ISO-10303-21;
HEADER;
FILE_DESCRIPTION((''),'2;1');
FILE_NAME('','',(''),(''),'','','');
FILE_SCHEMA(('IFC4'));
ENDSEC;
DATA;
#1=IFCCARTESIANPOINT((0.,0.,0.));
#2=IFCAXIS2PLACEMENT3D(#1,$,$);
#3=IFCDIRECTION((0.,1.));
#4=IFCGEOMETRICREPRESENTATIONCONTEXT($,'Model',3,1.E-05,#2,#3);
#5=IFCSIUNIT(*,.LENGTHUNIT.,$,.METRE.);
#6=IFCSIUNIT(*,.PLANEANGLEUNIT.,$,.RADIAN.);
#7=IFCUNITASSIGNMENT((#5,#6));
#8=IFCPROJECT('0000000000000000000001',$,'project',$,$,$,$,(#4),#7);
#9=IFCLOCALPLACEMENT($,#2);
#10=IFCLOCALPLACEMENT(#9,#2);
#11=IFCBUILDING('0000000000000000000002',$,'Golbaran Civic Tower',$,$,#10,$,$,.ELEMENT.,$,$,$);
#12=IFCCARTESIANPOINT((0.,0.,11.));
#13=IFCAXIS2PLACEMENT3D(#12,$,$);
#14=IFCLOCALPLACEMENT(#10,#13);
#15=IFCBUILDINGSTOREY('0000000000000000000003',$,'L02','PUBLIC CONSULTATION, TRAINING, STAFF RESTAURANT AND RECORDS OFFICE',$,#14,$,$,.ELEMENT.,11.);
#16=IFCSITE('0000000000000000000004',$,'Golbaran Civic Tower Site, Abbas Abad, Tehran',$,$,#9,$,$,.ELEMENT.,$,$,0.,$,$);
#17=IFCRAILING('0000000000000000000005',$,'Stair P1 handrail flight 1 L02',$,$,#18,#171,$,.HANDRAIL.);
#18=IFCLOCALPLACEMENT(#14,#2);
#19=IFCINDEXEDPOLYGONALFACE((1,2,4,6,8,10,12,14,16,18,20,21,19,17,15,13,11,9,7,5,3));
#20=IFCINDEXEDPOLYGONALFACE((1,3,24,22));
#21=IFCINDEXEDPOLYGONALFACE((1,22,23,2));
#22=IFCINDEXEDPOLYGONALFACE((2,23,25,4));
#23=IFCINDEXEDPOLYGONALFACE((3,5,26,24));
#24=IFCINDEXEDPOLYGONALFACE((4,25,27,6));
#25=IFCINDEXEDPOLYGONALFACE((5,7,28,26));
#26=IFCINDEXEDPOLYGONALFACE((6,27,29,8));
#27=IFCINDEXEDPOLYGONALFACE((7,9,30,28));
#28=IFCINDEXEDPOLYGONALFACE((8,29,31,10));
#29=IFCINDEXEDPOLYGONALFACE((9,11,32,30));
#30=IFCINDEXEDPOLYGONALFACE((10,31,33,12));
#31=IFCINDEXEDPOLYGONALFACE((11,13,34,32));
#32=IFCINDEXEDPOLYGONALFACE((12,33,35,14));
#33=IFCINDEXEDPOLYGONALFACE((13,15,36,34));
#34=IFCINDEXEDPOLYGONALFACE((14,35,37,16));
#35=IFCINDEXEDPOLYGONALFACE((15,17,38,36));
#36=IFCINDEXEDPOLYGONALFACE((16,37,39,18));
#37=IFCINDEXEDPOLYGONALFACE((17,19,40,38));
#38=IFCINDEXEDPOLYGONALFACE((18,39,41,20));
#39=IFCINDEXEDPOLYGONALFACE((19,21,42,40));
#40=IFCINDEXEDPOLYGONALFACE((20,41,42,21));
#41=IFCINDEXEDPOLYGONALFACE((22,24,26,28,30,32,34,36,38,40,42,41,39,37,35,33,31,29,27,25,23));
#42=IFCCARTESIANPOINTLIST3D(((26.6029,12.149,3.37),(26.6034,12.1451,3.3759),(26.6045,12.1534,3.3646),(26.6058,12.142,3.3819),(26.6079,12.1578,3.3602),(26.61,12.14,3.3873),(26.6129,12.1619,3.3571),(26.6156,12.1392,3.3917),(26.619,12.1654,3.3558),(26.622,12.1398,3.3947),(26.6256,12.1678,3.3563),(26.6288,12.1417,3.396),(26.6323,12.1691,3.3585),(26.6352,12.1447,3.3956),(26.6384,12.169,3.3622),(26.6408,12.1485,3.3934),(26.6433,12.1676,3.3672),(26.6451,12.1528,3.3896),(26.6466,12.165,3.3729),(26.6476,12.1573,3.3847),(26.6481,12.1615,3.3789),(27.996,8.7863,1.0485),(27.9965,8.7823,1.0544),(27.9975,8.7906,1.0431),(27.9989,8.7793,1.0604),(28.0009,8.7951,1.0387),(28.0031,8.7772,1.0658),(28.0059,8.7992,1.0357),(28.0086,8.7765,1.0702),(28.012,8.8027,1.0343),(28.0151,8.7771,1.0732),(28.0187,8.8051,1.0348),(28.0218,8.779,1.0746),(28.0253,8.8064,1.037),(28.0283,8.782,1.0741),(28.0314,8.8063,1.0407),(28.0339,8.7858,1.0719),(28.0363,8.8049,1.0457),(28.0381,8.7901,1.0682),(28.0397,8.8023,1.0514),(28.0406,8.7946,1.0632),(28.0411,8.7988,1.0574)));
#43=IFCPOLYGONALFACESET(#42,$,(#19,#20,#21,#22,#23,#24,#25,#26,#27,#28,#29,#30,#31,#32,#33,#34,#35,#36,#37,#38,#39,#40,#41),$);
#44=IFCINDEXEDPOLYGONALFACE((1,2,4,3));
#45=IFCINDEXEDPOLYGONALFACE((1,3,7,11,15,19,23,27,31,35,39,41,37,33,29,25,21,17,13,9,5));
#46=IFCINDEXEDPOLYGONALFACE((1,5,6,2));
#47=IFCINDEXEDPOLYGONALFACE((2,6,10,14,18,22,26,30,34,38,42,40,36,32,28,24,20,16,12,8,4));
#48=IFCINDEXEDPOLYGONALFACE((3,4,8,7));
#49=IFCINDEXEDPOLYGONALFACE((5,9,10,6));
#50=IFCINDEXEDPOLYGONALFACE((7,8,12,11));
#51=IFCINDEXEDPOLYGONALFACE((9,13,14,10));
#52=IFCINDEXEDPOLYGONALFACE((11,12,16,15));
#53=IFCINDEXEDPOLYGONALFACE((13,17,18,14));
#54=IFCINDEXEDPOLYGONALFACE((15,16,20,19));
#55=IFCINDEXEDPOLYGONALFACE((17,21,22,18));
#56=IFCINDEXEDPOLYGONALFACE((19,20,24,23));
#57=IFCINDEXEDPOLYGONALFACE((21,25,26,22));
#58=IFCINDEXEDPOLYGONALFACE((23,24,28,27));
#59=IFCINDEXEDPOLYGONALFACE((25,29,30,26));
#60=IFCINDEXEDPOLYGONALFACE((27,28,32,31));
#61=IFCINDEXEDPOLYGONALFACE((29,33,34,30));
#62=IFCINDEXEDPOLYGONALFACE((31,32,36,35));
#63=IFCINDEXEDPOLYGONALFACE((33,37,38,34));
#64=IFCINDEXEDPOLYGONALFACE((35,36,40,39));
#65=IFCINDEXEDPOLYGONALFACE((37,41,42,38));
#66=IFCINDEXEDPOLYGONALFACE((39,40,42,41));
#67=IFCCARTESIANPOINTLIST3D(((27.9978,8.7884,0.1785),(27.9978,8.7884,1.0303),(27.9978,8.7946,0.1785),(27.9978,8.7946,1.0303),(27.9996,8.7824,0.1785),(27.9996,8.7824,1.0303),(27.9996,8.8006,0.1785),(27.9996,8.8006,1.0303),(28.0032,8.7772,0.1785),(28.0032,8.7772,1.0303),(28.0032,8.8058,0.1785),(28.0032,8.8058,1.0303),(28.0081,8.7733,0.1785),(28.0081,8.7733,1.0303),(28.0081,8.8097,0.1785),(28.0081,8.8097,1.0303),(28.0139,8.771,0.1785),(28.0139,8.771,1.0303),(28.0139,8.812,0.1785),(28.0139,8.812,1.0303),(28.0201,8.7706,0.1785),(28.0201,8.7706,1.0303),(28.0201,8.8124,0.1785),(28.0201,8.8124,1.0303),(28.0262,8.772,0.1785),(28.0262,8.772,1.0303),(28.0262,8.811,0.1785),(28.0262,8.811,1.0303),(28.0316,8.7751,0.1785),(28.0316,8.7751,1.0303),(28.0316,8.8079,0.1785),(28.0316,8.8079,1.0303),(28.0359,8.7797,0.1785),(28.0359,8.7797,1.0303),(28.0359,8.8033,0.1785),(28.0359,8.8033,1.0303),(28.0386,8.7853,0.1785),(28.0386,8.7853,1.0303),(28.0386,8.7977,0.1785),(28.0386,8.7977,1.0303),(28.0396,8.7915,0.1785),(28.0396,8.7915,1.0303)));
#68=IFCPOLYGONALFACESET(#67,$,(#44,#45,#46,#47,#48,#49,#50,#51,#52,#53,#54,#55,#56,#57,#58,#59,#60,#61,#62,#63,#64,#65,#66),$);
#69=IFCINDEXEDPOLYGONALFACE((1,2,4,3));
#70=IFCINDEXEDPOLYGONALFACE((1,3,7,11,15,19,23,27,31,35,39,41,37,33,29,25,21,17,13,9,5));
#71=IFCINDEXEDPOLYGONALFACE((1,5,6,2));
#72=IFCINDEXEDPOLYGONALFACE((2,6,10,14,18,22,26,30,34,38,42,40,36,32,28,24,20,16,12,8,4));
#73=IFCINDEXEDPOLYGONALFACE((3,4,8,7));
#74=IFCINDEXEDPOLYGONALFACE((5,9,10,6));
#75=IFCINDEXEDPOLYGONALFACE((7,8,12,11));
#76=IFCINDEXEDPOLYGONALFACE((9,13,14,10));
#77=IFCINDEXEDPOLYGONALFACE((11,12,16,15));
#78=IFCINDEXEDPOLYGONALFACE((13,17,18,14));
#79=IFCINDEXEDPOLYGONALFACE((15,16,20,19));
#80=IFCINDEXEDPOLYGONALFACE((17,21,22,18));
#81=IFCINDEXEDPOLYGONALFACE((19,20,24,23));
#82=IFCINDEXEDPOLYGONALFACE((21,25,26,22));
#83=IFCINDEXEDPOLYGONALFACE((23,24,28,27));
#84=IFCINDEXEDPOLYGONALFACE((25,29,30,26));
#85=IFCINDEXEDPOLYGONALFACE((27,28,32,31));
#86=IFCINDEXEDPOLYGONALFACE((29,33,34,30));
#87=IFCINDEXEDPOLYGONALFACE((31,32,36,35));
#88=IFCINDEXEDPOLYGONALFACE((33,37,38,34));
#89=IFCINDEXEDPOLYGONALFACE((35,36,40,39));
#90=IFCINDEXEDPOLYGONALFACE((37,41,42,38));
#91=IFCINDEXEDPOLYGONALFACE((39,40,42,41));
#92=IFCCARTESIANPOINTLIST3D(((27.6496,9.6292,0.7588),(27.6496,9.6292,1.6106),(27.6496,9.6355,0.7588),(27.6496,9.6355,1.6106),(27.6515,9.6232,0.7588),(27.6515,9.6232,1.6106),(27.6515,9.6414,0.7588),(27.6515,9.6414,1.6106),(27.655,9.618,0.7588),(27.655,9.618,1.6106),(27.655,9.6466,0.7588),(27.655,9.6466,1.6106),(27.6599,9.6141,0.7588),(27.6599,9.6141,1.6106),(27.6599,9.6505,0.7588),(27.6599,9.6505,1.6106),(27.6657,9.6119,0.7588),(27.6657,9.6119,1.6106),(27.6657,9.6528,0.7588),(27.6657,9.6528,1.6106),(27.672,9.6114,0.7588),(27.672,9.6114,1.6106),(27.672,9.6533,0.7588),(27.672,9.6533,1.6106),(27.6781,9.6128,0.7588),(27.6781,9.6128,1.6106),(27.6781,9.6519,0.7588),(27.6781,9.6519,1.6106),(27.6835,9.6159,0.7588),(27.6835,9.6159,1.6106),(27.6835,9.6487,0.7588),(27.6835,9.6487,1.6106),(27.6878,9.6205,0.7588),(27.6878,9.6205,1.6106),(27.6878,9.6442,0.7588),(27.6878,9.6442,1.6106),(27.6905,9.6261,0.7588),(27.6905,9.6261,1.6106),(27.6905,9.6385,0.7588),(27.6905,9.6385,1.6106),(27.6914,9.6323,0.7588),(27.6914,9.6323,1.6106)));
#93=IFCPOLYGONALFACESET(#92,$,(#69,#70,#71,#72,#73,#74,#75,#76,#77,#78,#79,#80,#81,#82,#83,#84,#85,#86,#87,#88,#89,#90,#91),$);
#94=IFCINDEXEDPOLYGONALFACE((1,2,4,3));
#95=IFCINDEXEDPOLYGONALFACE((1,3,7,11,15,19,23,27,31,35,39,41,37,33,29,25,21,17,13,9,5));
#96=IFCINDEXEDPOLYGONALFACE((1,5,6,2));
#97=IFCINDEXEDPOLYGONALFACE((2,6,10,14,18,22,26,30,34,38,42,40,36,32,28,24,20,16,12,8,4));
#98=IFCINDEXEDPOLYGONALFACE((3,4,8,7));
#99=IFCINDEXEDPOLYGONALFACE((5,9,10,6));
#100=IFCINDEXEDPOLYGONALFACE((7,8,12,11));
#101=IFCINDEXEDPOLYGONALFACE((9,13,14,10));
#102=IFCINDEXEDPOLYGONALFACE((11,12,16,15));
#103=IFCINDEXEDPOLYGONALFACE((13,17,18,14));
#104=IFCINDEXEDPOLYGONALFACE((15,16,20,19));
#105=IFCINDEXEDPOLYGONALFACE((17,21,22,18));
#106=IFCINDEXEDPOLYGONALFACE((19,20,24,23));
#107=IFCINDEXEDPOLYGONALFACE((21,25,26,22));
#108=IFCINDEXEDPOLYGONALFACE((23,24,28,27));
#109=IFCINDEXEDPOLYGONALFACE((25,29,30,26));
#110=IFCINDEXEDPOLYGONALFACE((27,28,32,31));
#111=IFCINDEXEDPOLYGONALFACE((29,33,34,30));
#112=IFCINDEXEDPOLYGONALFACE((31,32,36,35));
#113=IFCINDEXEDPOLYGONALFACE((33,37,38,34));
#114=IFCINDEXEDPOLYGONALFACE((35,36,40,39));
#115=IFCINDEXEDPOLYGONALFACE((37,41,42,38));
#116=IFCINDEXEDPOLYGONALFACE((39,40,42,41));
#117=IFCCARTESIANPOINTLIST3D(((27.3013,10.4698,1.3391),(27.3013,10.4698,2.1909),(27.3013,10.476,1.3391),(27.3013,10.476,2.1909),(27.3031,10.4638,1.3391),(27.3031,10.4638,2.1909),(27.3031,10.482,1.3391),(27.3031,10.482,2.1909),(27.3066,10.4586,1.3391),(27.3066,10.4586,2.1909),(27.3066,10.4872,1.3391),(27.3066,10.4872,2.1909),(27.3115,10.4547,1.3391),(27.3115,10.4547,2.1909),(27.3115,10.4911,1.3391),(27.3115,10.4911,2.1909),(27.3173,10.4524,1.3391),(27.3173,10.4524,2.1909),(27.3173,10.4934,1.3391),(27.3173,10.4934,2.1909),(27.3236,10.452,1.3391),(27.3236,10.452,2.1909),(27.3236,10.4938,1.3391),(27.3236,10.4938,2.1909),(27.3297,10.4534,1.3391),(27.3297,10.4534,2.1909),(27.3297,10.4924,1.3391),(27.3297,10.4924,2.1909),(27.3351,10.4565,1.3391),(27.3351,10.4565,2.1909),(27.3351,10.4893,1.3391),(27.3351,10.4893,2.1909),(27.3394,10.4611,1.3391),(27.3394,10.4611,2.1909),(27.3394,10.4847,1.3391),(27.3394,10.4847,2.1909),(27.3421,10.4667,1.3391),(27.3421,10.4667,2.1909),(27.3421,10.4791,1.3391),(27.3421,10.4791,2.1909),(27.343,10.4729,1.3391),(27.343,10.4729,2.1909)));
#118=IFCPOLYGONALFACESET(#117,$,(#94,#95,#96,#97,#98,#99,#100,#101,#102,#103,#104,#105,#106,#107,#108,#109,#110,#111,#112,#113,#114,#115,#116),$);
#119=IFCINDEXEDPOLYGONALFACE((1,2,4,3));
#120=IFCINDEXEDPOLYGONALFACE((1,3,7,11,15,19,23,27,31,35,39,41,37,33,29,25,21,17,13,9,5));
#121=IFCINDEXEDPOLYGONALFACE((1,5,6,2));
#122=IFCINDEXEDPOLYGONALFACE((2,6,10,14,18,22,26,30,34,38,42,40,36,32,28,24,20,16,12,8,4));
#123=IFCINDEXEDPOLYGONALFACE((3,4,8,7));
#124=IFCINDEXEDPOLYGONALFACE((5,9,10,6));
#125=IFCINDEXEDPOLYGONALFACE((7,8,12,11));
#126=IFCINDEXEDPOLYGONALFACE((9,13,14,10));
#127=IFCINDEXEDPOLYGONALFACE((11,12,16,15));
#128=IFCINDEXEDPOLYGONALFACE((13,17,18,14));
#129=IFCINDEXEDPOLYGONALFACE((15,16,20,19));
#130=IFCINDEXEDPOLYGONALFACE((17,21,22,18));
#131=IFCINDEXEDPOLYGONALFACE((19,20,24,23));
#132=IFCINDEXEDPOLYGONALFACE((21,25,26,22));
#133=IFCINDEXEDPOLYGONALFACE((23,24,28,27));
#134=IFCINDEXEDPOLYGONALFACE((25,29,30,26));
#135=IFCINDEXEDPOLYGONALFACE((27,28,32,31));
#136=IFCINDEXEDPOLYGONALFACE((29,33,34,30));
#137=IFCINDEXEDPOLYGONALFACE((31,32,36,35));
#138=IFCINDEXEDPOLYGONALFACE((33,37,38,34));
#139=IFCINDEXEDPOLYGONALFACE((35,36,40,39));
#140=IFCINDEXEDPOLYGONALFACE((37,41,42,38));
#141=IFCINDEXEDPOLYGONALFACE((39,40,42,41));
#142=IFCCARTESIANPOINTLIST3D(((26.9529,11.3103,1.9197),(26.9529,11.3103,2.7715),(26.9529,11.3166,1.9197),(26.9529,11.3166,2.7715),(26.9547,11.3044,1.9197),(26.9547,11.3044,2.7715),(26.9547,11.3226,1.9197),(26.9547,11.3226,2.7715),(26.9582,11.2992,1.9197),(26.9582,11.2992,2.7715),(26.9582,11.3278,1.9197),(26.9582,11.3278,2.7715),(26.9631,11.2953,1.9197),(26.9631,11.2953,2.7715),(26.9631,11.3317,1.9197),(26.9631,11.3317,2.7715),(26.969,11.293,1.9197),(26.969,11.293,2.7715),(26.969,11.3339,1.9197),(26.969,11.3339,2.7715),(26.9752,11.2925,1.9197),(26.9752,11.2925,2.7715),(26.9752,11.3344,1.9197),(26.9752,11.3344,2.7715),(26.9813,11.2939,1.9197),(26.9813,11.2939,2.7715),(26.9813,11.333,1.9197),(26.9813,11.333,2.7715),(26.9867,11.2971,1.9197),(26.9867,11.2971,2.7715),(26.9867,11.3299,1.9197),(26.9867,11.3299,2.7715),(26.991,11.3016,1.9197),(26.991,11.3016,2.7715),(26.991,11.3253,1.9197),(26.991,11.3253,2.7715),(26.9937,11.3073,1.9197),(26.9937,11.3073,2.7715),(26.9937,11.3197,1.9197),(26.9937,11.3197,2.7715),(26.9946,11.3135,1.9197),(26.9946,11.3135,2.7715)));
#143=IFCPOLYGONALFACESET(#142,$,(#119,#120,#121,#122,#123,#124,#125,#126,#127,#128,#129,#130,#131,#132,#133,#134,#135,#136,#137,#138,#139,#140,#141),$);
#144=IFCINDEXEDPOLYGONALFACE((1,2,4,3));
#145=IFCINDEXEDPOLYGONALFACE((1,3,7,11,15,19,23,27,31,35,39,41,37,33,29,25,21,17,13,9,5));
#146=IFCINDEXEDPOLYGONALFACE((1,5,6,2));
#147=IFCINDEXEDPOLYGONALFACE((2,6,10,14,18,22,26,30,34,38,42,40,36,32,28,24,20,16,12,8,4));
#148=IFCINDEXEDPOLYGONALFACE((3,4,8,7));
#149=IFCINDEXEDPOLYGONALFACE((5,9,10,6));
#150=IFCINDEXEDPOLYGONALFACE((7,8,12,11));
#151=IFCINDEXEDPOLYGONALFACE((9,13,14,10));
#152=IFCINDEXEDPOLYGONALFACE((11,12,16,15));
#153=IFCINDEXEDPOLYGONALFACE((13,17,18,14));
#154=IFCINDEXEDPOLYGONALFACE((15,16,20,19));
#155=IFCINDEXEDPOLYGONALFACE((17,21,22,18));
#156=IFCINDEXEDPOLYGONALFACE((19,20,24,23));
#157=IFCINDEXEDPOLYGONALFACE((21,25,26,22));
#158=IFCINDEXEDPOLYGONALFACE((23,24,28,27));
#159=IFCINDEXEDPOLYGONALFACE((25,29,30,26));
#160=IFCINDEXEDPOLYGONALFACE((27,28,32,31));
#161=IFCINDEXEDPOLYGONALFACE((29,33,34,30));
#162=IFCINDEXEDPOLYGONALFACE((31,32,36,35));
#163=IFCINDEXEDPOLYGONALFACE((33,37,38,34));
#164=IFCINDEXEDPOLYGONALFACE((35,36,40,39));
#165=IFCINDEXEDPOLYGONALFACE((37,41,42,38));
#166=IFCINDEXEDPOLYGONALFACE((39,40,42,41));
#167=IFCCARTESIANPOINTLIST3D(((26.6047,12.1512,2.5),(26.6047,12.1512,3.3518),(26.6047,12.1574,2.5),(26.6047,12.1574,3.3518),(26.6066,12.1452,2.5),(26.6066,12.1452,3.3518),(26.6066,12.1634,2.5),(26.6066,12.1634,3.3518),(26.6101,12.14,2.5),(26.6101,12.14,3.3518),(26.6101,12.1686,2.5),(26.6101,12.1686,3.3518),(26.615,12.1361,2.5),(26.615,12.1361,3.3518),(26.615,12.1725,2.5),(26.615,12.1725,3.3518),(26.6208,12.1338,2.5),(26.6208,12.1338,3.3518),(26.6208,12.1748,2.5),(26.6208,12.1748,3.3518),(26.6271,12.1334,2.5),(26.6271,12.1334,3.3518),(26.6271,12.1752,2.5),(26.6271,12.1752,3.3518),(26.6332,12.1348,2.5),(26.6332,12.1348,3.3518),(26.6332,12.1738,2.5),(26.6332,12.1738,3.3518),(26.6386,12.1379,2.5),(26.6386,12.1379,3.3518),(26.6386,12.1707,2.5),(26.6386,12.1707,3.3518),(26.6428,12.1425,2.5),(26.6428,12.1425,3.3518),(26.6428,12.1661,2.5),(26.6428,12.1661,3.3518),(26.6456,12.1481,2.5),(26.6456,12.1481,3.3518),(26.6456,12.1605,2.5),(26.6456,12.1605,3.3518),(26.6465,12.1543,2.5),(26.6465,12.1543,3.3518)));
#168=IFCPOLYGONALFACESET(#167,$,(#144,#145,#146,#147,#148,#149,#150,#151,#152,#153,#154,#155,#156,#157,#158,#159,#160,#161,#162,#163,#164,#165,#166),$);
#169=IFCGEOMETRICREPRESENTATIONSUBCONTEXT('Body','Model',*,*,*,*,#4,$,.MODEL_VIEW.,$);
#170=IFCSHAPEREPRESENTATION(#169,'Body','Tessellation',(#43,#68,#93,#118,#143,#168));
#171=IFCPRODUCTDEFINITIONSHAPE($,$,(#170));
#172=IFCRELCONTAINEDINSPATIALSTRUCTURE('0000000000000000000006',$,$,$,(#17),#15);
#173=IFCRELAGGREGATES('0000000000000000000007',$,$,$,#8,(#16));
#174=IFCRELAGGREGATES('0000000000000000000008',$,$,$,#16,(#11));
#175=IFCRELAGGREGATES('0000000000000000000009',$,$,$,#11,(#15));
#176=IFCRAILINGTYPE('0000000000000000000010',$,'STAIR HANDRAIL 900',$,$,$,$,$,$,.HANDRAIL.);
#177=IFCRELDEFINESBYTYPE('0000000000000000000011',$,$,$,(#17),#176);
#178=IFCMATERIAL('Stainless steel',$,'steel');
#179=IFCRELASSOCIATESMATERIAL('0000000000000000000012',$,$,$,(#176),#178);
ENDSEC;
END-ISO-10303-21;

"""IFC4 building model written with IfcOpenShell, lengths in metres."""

from ifc_helpers import new_model, si_unit, direction, frame, origin, origin_2d, place, context, subcontext, project, spatial, circle, extrude, material, type_object, element, save


model = new_model("IFC4")

# Units and contexts
model_context = context("Model", 3, precision=1e-05, world=origin(), true_north=direction((0.0, 1.0)))
body_context = subcontext(model_context, "Body", "Model", "MODEL_VIEW")
ifc_project = project(units=[si_unit("LENGTHUNIT", "METRE"), si_unit("PLANEANGLEUNIT", "RADIAN")], contexts=[model_context])

# Site, building, storey
site_placement = place(None, origin())
site = spatial("IfcSite", under=ifc_project, at=site_placement, Name="Golbaran Civic Tower Site, Abbas Abad, Tehran", CompositionType="ELEMENT", RefElevation=0.0)
building_placement = place(site_placement, origin())
building = spatial("IfcBuilding", under=site, at=building_placement, Name="Golbaran Civic Tower", CompositionType="ELEMENT")
storey_placement = place(building_placement, frame((0.0, 0.0, 11.0)))
storey = spatial("IfcBuildingStorey", under=building, at=storey_placement, Name="L02", Description="PUBLIC CONSULTATION, TRAINING, STAFF RESTAURANT AND RECORDS OFFICE", CompositionType="ELEMENT", Elevation=11.0)

# Railing
ifc_material_1 = material(Name="Stainless steel", Category="steel")
railing_type_1 = type_object("IfcRailingType", Name="STAIR HANDRAIL 900", PredefinedType="HANDRAIL", material=ifc_material_1)
railing_1_placement = place(storey_placement, frame((28.0186, 8.7915, 0.1785)))
element("IfcRailing", 1, at=railing_1_placement, inside=storey, type_object=railing_type_1, Name="Stair P1 handrail flight 1 L02", PredefinedType="HANDRAIL", context=body_context, shape_type="SweptSolid", body=[
    extrude(circle(Radius=0.0239, at=origin_2d()), frame((0.0, 0.0, 0.876), z_axis=(-0.322676, 0.778923, 0.537736), x_axis=(-0.923865, -0.382719, 0.0)), (0.0, 0.0, 1.0), 4.3171),
    extrude(circle(Radius=0.021, at=origin_2d()), origin(), (0.0, 0.0, 1.0), 0.8518),
    extrude(circle(Radius=0.021, at=origin_2d()), frame((-0.3481, 0.8408, 0.5803)), (0.0, 0.0, 1.0), 0.8518),
    extrude(circle(Radius=0.021, at=origin_2d()), frame((-0.6965, 1.6814, 1.1606)), (0.0, 0.0, 1.0), 0.8518),
    extrude(circle(Radius=0.021, at=origin_2d()), frame((-1.0449, 2.522, 1.7412)), (0.0, 0.0, 1.0), 0.8518),
    extrude(circle(Radius=0.021, at=origin_2d()), frame((-1.3931, 3.3628, 2.3215)), (0.0, 0.0, 1.0), 0.8518),
])

save(model, "model.ifc")
